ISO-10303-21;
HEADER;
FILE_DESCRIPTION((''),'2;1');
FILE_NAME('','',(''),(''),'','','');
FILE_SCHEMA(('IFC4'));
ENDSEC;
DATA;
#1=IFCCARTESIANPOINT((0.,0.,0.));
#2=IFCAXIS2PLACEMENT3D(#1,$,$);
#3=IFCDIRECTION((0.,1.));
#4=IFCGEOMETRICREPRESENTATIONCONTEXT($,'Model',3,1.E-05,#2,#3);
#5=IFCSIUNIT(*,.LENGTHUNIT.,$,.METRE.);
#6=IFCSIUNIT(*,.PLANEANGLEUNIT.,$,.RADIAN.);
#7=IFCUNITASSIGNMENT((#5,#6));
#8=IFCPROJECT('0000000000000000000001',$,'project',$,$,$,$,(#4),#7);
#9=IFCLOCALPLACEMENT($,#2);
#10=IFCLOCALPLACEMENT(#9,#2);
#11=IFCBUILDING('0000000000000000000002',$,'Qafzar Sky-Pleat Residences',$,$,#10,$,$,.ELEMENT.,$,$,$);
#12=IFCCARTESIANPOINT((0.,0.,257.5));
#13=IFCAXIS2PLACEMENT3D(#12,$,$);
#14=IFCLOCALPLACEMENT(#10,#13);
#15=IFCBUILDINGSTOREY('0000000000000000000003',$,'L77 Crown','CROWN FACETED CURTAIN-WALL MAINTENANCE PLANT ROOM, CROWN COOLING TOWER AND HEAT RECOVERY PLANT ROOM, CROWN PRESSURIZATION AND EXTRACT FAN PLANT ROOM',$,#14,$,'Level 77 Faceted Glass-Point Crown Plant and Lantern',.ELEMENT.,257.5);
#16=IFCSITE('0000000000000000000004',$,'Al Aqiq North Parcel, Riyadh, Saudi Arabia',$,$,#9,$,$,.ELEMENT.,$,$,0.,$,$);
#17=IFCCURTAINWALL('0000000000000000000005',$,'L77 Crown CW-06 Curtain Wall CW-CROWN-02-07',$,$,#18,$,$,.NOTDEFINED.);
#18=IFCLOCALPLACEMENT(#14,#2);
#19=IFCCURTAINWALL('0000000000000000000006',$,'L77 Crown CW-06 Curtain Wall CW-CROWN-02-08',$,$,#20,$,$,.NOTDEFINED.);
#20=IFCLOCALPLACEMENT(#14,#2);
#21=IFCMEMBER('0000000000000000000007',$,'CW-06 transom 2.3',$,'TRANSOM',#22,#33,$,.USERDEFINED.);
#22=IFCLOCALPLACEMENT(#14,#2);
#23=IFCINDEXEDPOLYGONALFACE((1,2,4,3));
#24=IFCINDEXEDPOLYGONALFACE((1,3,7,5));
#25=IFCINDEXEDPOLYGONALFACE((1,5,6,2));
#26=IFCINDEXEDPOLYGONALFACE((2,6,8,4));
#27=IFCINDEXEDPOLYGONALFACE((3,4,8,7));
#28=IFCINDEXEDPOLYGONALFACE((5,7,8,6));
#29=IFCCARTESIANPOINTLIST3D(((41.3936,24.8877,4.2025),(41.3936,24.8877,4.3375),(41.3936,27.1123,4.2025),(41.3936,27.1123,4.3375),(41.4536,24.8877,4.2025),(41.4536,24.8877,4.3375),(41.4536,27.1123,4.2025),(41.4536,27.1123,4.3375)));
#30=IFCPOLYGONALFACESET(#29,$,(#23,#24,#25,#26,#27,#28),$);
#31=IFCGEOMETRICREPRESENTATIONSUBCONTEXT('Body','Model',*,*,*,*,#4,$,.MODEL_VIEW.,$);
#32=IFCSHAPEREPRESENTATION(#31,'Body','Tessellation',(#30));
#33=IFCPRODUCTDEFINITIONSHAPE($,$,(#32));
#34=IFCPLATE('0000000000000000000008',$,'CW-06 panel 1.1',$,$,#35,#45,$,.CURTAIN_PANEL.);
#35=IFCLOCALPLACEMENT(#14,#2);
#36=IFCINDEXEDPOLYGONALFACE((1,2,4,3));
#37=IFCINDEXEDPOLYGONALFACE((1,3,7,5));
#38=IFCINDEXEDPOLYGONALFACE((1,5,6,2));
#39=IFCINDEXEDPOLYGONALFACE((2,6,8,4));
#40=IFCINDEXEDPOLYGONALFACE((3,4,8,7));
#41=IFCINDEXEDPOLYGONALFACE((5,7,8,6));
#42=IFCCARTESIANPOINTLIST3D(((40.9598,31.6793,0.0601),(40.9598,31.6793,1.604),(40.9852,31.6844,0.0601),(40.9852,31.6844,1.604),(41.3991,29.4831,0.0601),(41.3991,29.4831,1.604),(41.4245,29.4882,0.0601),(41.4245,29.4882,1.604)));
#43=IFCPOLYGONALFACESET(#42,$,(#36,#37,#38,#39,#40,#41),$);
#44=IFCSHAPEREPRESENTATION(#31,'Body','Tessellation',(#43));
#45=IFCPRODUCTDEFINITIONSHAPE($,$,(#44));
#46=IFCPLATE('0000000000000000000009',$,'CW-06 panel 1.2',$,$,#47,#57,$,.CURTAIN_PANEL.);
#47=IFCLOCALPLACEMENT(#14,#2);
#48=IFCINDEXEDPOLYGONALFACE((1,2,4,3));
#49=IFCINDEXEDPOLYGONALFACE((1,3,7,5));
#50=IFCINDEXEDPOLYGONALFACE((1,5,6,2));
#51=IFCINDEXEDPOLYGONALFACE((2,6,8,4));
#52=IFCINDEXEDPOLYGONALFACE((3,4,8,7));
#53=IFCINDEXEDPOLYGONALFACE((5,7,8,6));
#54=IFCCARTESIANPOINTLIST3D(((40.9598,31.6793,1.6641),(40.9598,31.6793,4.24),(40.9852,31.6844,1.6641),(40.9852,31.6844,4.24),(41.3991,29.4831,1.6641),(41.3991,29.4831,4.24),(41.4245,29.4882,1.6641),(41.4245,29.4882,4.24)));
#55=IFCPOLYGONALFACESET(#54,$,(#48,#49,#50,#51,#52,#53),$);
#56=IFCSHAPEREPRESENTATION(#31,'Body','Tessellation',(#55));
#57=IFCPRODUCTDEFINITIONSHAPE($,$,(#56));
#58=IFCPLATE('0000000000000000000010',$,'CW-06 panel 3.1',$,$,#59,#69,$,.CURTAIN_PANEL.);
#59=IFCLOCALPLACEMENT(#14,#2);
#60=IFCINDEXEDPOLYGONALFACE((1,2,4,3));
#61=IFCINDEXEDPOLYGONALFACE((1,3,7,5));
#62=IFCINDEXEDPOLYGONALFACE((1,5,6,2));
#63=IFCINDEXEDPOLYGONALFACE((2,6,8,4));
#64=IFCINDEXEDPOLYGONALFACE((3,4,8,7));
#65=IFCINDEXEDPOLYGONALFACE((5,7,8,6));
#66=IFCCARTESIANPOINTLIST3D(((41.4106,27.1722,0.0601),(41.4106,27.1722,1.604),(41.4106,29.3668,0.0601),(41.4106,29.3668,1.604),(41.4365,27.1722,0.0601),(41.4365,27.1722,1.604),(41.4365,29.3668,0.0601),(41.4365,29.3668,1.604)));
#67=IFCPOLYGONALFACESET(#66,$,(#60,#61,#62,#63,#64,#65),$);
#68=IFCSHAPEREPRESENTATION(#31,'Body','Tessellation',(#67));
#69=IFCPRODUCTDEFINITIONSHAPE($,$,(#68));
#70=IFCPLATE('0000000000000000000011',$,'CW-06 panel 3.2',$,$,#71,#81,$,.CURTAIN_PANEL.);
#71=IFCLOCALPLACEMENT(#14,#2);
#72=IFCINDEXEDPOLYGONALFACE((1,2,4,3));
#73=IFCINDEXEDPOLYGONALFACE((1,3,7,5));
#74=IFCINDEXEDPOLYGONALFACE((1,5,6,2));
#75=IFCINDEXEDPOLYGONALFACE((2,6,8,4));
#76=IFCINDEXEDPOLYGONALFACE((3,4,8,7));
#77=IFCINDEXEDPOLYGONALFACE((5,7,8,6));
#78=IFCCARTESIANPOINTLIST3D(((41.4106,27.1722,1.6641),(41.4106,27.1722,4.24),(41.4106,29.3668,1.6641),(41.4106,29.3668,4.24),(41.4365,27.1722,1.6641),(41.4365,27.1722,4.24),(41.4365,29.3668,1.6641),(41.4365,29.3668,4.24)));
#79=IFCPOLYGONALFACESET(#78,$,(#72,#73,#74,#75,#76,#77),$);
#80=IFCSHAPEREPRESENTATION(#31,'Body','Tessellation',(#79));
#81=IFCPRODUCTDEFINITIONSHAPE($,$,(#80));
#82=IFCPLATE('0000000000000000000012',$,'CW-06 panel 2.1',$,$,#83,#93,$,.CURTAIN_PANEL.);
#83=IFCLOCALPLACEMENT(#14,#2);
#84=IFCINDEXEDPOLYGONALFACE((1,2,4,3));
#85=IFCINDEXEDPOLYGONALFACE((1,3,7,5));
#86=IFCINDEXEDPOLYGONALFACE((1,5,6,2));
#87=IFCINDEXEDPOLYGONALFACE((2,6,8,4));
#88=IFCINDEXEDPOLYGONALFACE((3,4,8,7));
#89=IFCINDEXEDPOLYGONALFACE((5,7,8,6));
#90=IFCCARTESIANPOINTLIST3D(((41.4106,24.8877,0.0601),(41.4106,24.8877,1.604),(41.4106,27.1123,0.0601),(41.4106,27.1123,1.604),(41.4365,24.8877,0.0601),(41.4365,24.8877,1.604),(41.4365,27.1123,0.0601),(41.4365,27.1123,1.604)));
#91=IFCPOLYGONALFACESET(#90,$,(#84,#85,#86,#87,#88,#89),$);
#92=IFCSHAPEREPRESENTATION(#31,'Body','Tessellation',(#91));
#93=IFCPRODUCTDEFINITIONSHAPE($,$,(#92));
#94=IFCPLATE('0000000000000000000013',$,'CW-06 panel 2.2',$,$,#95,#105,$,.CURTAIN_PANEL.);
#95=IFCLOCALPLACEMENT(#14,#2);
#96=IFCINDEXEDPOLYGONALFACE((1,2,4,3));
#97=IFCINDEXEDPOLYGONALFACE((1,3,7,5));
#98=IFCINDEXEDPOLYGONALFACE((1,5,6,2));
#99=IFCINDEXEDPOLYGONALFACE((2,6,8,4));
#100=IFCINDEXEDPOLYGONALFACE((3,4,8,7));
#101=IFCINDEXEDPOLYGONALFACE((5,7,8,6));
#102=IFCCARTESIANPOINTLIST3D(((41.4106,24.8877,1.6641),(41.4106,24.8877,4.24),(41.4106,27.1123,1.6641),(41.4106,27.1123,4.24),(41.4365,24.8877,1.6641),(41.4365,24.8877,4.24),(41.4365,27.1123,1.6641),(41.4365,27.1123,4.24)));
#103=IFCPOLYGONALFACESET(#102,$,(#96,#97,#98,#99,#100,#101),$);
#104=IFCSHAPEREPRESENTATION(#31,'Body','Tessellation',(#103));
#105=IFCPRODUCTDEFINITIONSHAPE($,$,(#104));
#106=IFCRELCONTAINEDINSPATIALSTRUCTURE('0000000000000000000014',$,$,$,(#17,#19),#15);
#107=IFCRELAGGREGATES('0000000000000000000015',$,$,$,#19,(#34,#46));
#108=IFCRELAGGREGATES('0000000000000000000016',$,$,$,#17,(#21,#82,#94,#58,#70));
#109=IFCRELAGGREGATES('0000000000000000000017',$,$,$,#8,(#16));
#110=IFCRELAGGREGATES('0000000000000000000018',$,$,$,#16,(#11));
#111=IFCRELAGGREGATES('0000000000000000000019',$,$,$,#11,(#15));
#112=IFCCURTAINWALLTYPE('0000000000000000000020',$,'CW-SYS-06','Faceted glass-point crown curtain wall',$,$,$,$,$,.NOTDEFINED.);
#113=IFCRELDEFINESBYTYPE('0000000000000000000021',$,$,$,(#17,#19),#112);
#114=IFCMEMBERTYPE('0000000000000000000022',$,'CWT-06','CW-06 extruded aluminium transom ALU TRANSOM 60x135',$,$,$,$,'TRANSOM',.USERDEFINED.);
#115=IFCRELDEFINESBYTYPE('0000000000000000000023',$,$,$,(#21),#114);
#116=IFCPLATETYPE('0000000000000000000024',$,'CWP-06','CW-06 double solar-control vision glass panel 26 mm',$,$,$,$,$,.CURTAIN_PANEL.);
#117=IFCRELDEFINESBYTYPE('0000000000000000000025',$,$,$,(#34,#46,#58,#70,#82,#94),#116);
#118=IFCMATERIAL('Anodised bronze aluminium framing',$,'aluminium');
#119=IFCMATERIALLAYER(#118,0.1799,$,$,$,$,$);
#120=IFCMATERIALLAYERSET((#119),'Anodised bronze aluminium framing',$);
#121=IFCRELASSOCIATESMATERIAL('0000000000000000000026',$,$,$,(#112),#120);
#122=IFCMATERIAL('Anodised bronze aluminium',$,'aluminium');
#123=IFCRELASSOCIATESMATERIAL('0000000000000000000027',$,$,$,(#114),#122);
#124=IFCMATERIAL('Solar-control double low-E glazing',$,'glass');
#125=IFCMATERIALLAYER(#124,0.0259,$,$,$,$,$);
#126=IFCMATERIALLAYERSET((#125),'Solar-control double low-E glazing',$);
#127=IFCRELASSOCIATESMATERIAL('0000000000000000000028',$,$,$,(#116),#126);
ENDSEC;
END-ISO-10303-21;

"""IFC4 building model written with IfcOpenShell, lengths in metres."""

from ifc_helpers import new_model, si_unit, direction, frame, origin, origin_2d, place, context, subcontext, project, spatial, rectangle, extrude, source, transform, mapped, material, layer, layer_set, material_profile, profile_set, type_object, element, aggregate, save


model = new_model("IFC4")

# Units and contexts
model_context = context("Model", 3, precision=1e-05, world=origin(), true_north=direction((0.0, 1.0)))
body_context = subcontext(model_context, "Body", "Model", "MODEL_VIEW")
ifc_project = project(units=[si_unit("LENGTHUNIT", "METRE"), si_unit("PLANEANGLEUNIT", "RADIAN")], contexts=[model_context])

# Site, building, storey
site_placement = place(None, origin())
site = spatial("IfcSite", under=ifc_project, at=site_placement, Name="Al Aqiq North Parcel, Riyadh, Saudi Arabia", CompositionType="ELEMENT", RefElevation=0.0)
building_placement = place(site_placement, origin())
building = spatial("IfcBuilding", under=site, at=building_placement, Name="Qafzar Sky-Pleat Residences", CompositionType="ELEMENT")
storey_placement = place(building_placement, frame((0.0, 0.0, 257.5)))
storey = spatial("IfcBuildingStorey", under=building, at=storey_placement, Name="L77 Crown", Description="CROWN FACETED CURTAIN-WALL MAINTENANCE PLANT ROOM, CROWN COOLING TOWER AND HEAT RECOVERY PLANT ROOM, CROWN PRESSURIZATION AND EXTRACT FAN PLANT ROOM", LongName="Level 77 Faceted Glass-Point Crown Plant and Lantern", CompositionType="ELEMENT", Elevation=257.5)

# Curtain walls
ifc_material_1 = material(Name="Anodised bronze aluminium framing", Category="aluminium")
ifc_layer_1 = layer(ifc_material_1, 0.1799)
ifc_layer_set_1 = layer_set([ifc_layer_1], Name="Anodised bronze aluminium framing")
curtain_wall_type = type_object("IfcCurtainWallType", Name="CW-SYS-06", Description="Faceted glass-point crown curtain wall", PredefinedType="NOTDEFINED", material=ifc_layer_set_1)
curtain_wall_1_placement = place(storey_placement, origin())
curtain_wall_1 = element("IfcCurtainWall", 1, at=curtain_wall_1_placement, inside=storey, type_object=curtain_wall_type, Name="L77 Crown CW-06 Curtain Wall CW-CROWN-02-07", PredefinedType="NOTDEFINED")
ifc_material_2 = material(Name="Anodised bronze aluminium", Category="aluminium")
curtain_wall_2_placement = place(storey_placement, origin())
curtain_wall_2 = element("IfcCurtainWall", 2, at=curtain_wall_2_placement, inside=storey, type_object=curtain_wall_type, Name="L77 Crown CW-06 Curtain Wall CW-CROWN-02-08", PredefinedType="NOTDEFINED")
ifc_material_profile_1 = material_profile(ifc_material_2, rectangle(XDim=0.0601, YDim=0.135, at=origin_2d()), Name="ALU TRANSOM 60x135")
ifc_profile_set_1 = profile_set([ifc_material_profile_1], Name="Anodised bronze aluminium")
member_type_1 = type_object("IfcMemberType", Name="CWT-06", Description="CW-06 extruded aluminium transom ALU TRANSOM 60x135", ElementType="TRANSOM", PredefinedType="USERDEFINED", material=ifc_profile_set_1)

# Member
shared_shape_1 = source(origin(), body_context, "Body", "SweptSolid", [
    extrude(rectangle(XDim=0.0601, YDim=0.135, at=origin_2d()), origin(), (0.0, 0.0, 1.0), 2.2246),
])
member_1_placement = place(storey_placement, frame((41.4236, 24.8877, 4.27), z_axis=(0.0, 1.0, 0.0), x_axis=(-1.0, 0.0, 0.0)))
member_1 = element("IfcMember", 3, at=member_1_placement, type_object=member_type_1, Name="CW-06 transom 2.3", ObjectType="TRANSOM", PredefinedType="USERDEFINED", context=body_context, shape_type="MappedRepresentation", body=[
    mapped(shared_shape_1, transform((0.0, 0.0, 0.0), x_axis=(1.0, 0.0, 0.0), y_axis=(0.0, 1.0, 0.0), z_axis=(0.0, 0.0, 1.0), scale=1.0)),
])

# Plates
ifc_material_3 = material(Name="Solar-control double low-E glazing", Category="glass")
ifc_layer_2 = layer(ifc_material_3, 0.0259)
ifc_layer_set_2 = layer_set([ifc_layer_2], Name="Solar-control double low-E glazing")
plate_type = type_object("IfcPlateType", Name="CWP-06", Description="CW-06 double solar-control vision glass panel 26 mm", PredefinedType="CURTAIN_PANEL", material=ifc_layer_set_2)
shared_shape_2 = source(origin(), body_context, "Body", "SweptSolid", [
    extrude(rectangle(XDim=2.2397, YDim=0.0259, at=origin_2d()), origin(), (0.0, 0.0, 1.0), 1.5439),
])
plate_1_placement = place(storey_placement, frame((41.1921, 30.5837, 0.0601), z_axis=(0.0, 0.0, 1.0), x_axis=(-0.196127, 0.980578, 0.0)))
plate_1 = element("IfcPlate", 4, at=plate_1_placement, type_object=plate_type, Name="CW-06 panel 1.1", PredefinedType="CURTAIN_PANEL", context=body_context, shape_type="MappedRepresentation", body=[
    mapped(shared_shape_2, transform((0.0, 0.0, 0.0), x_axis=(1.0, 0.0, 0.0), y_axis=(0.0, 1.0, 0.0), z_axis=(0.0, 0.0, 1.0), scale=1.0)),
])
shared_shape_3 = source(origin(), body_context, "Body", "SweptSolid", [
    extrude(rectangle(XDim=2.2397, YDim=0.0259, at=origin_2d()), origin(), (0.0, 0.0, 1.0), 2.5759),
])
plate_2_placement = place(storey_placement, frame((41.1921, 30.5837, 1.6641), z_axis=(0.0, 0.0, 1.0), x_axis=(-0.196127, 0.980578, 0.0)))
plate_2 = element("IfcPlate", 5, at=plate_2_placement, type_object=plate_type, Name="CW-06 panel 1.2", PredefinedType="CURTAIN_PANEL", context=body_context, shape_type="MappedRepresentation", body=[
    mapped(shared_shape_3, transform((0.0, 0.0, 0.0), x_axis=(1.0, 0.0, 0.0), y_axis=(0.0, 1.0, 0.0), z_axis=(0.0, 0.0, 1.0), scale=1.0)),
])
aggregate(curtain_wall_2, [plate_1, plate_2])
shared_shape_4 = source(origin(), body_context, "Body", "SweptSolid", [
    extrude(rectangle(XDim=2.1946, YDim=0.0259, at=origin_2d()), origin(), (0.0, 0.0, 1.0), 1.5439),
])
plate_3_placement = place(storey_placement, frame((41.4236, 28.2695, 0.0601), z_axis=(0.0, 0.0, 1.0), x_axis=(0.0, 1.0, 0.0)))
plate_3 = element("IfcPlate", 6, at=plate_3_placement, type_object=plate_type, Name="CW-06 panel 3.1", PredefinedType="CURTAIN_PANEL", context=body_context, shape_type="MappedRepresentation", body=[
    mapped(shared_shape_4, transform((0.0, 0.0, 0.0), x_axis=(1.0, 0.0, 0.0), y_axis=(0.0, 1.0, 0.0), z_axis=(0.0, 0.0, 1.0), scale=1.0)),
])
shared_shape_5 = source(origin(), body_context, "Body", "SweptSolid", [
    extrude(rectangle(XDim=2.1946, YDim=0.0259, at=origin_2d()), origin(), (0.0, 0.0, 1.0), 2.5759),
])
plate_4_placement = place(storey_placement, frame((41.4236, 28.2695, 1.6641), z_axis=(0.0, 0.0, 1.0), x_axis=(0.0, 1.0, 0.0)))
plate_4 = element("IfcPlate", 7, at=plate_4_placement, type_object=plate_type, Name="CW-06 panel 3.2", PredefinedType="CURTAIN_PANEL", context=body_context, shape_type="MappedRepresentation", body=[
    mapped(shared_shape_5, transform((0.0, 0.0, 0.0), x_axis=(1.0, 0.0, 0.0), y_axis=(0.0, 1.0, 0.0), z_axis=(0.0, 0.0, 1.0), scale=1.0)),
])
shared_shape_6 = source(origin(), body_context, "Body", "SweptSolid", [
    extrude(rectangle(XDim=2.2246, YDim=0.0259, at=origin_2d()), origin(), (0.0, 0.0, 1.0), 1.5439),
])
plate_5_placement = place(storey_placement, frame((41.4236, 26.0, 0.0601), z_axis=(0.0, 0.0, 1.0), x_axis=(0.0, 1.0, 0.0)))
plate_5 = element("IfcPlate", 8, at=plate_5_placement, type_object=plate_type, Name="CW-06 panel 2.1", PredefinedType="CURTAIN_PANEL", context=body_context, shape_type="MappedRepresentation", body=[
    mapped(shared_shape_6, transform((0.0, 0.0, 0.0), x_axis=(1.0, 0.0, 0.0), y_axis=(0.0, 1.0, 0.0), z_axis=(0.0, 0.0, 1.0), scale=1.0)),
])
shared_shape_7 = source(origin(), body_context, "Body", "SweptSolid", [
    extrude(rectangle(XDim=2.2246, YDim=0.0259, at=origin_2d()), origin(), (0.0, 0.0, 1.0), 2.5759),
])
plate_6_placement = place(storey_placement, frame((41.4236, 26.0, 1.6641), z_axis=(0.0, 0.0, 1.0), x_axis=(0.0, 1.0, 0.0)))
plate_6 = element("IfcPlate", 9, at=plate_6_placement, type_object=plate_type, Name="CW-06 panel 2.2", PredefinedType="CURTAIN_PANEL", context=body_context, shape_type="MappedRepresentation", body=[
    mapped(shared_shape_7, transform((0.0, 0.0, 0.0), x_axis=(1.0, 0.0, 0.0), y_axis=(0.0, 1.0, 0.0), z_axis=(0.0, 0.0, 1.0), scale=1.0)),
])
aggregate(curtain_wall_1, [member_1, plate_5, plate_6, plate_3, plate_4])

save(model, "model.ifc")
